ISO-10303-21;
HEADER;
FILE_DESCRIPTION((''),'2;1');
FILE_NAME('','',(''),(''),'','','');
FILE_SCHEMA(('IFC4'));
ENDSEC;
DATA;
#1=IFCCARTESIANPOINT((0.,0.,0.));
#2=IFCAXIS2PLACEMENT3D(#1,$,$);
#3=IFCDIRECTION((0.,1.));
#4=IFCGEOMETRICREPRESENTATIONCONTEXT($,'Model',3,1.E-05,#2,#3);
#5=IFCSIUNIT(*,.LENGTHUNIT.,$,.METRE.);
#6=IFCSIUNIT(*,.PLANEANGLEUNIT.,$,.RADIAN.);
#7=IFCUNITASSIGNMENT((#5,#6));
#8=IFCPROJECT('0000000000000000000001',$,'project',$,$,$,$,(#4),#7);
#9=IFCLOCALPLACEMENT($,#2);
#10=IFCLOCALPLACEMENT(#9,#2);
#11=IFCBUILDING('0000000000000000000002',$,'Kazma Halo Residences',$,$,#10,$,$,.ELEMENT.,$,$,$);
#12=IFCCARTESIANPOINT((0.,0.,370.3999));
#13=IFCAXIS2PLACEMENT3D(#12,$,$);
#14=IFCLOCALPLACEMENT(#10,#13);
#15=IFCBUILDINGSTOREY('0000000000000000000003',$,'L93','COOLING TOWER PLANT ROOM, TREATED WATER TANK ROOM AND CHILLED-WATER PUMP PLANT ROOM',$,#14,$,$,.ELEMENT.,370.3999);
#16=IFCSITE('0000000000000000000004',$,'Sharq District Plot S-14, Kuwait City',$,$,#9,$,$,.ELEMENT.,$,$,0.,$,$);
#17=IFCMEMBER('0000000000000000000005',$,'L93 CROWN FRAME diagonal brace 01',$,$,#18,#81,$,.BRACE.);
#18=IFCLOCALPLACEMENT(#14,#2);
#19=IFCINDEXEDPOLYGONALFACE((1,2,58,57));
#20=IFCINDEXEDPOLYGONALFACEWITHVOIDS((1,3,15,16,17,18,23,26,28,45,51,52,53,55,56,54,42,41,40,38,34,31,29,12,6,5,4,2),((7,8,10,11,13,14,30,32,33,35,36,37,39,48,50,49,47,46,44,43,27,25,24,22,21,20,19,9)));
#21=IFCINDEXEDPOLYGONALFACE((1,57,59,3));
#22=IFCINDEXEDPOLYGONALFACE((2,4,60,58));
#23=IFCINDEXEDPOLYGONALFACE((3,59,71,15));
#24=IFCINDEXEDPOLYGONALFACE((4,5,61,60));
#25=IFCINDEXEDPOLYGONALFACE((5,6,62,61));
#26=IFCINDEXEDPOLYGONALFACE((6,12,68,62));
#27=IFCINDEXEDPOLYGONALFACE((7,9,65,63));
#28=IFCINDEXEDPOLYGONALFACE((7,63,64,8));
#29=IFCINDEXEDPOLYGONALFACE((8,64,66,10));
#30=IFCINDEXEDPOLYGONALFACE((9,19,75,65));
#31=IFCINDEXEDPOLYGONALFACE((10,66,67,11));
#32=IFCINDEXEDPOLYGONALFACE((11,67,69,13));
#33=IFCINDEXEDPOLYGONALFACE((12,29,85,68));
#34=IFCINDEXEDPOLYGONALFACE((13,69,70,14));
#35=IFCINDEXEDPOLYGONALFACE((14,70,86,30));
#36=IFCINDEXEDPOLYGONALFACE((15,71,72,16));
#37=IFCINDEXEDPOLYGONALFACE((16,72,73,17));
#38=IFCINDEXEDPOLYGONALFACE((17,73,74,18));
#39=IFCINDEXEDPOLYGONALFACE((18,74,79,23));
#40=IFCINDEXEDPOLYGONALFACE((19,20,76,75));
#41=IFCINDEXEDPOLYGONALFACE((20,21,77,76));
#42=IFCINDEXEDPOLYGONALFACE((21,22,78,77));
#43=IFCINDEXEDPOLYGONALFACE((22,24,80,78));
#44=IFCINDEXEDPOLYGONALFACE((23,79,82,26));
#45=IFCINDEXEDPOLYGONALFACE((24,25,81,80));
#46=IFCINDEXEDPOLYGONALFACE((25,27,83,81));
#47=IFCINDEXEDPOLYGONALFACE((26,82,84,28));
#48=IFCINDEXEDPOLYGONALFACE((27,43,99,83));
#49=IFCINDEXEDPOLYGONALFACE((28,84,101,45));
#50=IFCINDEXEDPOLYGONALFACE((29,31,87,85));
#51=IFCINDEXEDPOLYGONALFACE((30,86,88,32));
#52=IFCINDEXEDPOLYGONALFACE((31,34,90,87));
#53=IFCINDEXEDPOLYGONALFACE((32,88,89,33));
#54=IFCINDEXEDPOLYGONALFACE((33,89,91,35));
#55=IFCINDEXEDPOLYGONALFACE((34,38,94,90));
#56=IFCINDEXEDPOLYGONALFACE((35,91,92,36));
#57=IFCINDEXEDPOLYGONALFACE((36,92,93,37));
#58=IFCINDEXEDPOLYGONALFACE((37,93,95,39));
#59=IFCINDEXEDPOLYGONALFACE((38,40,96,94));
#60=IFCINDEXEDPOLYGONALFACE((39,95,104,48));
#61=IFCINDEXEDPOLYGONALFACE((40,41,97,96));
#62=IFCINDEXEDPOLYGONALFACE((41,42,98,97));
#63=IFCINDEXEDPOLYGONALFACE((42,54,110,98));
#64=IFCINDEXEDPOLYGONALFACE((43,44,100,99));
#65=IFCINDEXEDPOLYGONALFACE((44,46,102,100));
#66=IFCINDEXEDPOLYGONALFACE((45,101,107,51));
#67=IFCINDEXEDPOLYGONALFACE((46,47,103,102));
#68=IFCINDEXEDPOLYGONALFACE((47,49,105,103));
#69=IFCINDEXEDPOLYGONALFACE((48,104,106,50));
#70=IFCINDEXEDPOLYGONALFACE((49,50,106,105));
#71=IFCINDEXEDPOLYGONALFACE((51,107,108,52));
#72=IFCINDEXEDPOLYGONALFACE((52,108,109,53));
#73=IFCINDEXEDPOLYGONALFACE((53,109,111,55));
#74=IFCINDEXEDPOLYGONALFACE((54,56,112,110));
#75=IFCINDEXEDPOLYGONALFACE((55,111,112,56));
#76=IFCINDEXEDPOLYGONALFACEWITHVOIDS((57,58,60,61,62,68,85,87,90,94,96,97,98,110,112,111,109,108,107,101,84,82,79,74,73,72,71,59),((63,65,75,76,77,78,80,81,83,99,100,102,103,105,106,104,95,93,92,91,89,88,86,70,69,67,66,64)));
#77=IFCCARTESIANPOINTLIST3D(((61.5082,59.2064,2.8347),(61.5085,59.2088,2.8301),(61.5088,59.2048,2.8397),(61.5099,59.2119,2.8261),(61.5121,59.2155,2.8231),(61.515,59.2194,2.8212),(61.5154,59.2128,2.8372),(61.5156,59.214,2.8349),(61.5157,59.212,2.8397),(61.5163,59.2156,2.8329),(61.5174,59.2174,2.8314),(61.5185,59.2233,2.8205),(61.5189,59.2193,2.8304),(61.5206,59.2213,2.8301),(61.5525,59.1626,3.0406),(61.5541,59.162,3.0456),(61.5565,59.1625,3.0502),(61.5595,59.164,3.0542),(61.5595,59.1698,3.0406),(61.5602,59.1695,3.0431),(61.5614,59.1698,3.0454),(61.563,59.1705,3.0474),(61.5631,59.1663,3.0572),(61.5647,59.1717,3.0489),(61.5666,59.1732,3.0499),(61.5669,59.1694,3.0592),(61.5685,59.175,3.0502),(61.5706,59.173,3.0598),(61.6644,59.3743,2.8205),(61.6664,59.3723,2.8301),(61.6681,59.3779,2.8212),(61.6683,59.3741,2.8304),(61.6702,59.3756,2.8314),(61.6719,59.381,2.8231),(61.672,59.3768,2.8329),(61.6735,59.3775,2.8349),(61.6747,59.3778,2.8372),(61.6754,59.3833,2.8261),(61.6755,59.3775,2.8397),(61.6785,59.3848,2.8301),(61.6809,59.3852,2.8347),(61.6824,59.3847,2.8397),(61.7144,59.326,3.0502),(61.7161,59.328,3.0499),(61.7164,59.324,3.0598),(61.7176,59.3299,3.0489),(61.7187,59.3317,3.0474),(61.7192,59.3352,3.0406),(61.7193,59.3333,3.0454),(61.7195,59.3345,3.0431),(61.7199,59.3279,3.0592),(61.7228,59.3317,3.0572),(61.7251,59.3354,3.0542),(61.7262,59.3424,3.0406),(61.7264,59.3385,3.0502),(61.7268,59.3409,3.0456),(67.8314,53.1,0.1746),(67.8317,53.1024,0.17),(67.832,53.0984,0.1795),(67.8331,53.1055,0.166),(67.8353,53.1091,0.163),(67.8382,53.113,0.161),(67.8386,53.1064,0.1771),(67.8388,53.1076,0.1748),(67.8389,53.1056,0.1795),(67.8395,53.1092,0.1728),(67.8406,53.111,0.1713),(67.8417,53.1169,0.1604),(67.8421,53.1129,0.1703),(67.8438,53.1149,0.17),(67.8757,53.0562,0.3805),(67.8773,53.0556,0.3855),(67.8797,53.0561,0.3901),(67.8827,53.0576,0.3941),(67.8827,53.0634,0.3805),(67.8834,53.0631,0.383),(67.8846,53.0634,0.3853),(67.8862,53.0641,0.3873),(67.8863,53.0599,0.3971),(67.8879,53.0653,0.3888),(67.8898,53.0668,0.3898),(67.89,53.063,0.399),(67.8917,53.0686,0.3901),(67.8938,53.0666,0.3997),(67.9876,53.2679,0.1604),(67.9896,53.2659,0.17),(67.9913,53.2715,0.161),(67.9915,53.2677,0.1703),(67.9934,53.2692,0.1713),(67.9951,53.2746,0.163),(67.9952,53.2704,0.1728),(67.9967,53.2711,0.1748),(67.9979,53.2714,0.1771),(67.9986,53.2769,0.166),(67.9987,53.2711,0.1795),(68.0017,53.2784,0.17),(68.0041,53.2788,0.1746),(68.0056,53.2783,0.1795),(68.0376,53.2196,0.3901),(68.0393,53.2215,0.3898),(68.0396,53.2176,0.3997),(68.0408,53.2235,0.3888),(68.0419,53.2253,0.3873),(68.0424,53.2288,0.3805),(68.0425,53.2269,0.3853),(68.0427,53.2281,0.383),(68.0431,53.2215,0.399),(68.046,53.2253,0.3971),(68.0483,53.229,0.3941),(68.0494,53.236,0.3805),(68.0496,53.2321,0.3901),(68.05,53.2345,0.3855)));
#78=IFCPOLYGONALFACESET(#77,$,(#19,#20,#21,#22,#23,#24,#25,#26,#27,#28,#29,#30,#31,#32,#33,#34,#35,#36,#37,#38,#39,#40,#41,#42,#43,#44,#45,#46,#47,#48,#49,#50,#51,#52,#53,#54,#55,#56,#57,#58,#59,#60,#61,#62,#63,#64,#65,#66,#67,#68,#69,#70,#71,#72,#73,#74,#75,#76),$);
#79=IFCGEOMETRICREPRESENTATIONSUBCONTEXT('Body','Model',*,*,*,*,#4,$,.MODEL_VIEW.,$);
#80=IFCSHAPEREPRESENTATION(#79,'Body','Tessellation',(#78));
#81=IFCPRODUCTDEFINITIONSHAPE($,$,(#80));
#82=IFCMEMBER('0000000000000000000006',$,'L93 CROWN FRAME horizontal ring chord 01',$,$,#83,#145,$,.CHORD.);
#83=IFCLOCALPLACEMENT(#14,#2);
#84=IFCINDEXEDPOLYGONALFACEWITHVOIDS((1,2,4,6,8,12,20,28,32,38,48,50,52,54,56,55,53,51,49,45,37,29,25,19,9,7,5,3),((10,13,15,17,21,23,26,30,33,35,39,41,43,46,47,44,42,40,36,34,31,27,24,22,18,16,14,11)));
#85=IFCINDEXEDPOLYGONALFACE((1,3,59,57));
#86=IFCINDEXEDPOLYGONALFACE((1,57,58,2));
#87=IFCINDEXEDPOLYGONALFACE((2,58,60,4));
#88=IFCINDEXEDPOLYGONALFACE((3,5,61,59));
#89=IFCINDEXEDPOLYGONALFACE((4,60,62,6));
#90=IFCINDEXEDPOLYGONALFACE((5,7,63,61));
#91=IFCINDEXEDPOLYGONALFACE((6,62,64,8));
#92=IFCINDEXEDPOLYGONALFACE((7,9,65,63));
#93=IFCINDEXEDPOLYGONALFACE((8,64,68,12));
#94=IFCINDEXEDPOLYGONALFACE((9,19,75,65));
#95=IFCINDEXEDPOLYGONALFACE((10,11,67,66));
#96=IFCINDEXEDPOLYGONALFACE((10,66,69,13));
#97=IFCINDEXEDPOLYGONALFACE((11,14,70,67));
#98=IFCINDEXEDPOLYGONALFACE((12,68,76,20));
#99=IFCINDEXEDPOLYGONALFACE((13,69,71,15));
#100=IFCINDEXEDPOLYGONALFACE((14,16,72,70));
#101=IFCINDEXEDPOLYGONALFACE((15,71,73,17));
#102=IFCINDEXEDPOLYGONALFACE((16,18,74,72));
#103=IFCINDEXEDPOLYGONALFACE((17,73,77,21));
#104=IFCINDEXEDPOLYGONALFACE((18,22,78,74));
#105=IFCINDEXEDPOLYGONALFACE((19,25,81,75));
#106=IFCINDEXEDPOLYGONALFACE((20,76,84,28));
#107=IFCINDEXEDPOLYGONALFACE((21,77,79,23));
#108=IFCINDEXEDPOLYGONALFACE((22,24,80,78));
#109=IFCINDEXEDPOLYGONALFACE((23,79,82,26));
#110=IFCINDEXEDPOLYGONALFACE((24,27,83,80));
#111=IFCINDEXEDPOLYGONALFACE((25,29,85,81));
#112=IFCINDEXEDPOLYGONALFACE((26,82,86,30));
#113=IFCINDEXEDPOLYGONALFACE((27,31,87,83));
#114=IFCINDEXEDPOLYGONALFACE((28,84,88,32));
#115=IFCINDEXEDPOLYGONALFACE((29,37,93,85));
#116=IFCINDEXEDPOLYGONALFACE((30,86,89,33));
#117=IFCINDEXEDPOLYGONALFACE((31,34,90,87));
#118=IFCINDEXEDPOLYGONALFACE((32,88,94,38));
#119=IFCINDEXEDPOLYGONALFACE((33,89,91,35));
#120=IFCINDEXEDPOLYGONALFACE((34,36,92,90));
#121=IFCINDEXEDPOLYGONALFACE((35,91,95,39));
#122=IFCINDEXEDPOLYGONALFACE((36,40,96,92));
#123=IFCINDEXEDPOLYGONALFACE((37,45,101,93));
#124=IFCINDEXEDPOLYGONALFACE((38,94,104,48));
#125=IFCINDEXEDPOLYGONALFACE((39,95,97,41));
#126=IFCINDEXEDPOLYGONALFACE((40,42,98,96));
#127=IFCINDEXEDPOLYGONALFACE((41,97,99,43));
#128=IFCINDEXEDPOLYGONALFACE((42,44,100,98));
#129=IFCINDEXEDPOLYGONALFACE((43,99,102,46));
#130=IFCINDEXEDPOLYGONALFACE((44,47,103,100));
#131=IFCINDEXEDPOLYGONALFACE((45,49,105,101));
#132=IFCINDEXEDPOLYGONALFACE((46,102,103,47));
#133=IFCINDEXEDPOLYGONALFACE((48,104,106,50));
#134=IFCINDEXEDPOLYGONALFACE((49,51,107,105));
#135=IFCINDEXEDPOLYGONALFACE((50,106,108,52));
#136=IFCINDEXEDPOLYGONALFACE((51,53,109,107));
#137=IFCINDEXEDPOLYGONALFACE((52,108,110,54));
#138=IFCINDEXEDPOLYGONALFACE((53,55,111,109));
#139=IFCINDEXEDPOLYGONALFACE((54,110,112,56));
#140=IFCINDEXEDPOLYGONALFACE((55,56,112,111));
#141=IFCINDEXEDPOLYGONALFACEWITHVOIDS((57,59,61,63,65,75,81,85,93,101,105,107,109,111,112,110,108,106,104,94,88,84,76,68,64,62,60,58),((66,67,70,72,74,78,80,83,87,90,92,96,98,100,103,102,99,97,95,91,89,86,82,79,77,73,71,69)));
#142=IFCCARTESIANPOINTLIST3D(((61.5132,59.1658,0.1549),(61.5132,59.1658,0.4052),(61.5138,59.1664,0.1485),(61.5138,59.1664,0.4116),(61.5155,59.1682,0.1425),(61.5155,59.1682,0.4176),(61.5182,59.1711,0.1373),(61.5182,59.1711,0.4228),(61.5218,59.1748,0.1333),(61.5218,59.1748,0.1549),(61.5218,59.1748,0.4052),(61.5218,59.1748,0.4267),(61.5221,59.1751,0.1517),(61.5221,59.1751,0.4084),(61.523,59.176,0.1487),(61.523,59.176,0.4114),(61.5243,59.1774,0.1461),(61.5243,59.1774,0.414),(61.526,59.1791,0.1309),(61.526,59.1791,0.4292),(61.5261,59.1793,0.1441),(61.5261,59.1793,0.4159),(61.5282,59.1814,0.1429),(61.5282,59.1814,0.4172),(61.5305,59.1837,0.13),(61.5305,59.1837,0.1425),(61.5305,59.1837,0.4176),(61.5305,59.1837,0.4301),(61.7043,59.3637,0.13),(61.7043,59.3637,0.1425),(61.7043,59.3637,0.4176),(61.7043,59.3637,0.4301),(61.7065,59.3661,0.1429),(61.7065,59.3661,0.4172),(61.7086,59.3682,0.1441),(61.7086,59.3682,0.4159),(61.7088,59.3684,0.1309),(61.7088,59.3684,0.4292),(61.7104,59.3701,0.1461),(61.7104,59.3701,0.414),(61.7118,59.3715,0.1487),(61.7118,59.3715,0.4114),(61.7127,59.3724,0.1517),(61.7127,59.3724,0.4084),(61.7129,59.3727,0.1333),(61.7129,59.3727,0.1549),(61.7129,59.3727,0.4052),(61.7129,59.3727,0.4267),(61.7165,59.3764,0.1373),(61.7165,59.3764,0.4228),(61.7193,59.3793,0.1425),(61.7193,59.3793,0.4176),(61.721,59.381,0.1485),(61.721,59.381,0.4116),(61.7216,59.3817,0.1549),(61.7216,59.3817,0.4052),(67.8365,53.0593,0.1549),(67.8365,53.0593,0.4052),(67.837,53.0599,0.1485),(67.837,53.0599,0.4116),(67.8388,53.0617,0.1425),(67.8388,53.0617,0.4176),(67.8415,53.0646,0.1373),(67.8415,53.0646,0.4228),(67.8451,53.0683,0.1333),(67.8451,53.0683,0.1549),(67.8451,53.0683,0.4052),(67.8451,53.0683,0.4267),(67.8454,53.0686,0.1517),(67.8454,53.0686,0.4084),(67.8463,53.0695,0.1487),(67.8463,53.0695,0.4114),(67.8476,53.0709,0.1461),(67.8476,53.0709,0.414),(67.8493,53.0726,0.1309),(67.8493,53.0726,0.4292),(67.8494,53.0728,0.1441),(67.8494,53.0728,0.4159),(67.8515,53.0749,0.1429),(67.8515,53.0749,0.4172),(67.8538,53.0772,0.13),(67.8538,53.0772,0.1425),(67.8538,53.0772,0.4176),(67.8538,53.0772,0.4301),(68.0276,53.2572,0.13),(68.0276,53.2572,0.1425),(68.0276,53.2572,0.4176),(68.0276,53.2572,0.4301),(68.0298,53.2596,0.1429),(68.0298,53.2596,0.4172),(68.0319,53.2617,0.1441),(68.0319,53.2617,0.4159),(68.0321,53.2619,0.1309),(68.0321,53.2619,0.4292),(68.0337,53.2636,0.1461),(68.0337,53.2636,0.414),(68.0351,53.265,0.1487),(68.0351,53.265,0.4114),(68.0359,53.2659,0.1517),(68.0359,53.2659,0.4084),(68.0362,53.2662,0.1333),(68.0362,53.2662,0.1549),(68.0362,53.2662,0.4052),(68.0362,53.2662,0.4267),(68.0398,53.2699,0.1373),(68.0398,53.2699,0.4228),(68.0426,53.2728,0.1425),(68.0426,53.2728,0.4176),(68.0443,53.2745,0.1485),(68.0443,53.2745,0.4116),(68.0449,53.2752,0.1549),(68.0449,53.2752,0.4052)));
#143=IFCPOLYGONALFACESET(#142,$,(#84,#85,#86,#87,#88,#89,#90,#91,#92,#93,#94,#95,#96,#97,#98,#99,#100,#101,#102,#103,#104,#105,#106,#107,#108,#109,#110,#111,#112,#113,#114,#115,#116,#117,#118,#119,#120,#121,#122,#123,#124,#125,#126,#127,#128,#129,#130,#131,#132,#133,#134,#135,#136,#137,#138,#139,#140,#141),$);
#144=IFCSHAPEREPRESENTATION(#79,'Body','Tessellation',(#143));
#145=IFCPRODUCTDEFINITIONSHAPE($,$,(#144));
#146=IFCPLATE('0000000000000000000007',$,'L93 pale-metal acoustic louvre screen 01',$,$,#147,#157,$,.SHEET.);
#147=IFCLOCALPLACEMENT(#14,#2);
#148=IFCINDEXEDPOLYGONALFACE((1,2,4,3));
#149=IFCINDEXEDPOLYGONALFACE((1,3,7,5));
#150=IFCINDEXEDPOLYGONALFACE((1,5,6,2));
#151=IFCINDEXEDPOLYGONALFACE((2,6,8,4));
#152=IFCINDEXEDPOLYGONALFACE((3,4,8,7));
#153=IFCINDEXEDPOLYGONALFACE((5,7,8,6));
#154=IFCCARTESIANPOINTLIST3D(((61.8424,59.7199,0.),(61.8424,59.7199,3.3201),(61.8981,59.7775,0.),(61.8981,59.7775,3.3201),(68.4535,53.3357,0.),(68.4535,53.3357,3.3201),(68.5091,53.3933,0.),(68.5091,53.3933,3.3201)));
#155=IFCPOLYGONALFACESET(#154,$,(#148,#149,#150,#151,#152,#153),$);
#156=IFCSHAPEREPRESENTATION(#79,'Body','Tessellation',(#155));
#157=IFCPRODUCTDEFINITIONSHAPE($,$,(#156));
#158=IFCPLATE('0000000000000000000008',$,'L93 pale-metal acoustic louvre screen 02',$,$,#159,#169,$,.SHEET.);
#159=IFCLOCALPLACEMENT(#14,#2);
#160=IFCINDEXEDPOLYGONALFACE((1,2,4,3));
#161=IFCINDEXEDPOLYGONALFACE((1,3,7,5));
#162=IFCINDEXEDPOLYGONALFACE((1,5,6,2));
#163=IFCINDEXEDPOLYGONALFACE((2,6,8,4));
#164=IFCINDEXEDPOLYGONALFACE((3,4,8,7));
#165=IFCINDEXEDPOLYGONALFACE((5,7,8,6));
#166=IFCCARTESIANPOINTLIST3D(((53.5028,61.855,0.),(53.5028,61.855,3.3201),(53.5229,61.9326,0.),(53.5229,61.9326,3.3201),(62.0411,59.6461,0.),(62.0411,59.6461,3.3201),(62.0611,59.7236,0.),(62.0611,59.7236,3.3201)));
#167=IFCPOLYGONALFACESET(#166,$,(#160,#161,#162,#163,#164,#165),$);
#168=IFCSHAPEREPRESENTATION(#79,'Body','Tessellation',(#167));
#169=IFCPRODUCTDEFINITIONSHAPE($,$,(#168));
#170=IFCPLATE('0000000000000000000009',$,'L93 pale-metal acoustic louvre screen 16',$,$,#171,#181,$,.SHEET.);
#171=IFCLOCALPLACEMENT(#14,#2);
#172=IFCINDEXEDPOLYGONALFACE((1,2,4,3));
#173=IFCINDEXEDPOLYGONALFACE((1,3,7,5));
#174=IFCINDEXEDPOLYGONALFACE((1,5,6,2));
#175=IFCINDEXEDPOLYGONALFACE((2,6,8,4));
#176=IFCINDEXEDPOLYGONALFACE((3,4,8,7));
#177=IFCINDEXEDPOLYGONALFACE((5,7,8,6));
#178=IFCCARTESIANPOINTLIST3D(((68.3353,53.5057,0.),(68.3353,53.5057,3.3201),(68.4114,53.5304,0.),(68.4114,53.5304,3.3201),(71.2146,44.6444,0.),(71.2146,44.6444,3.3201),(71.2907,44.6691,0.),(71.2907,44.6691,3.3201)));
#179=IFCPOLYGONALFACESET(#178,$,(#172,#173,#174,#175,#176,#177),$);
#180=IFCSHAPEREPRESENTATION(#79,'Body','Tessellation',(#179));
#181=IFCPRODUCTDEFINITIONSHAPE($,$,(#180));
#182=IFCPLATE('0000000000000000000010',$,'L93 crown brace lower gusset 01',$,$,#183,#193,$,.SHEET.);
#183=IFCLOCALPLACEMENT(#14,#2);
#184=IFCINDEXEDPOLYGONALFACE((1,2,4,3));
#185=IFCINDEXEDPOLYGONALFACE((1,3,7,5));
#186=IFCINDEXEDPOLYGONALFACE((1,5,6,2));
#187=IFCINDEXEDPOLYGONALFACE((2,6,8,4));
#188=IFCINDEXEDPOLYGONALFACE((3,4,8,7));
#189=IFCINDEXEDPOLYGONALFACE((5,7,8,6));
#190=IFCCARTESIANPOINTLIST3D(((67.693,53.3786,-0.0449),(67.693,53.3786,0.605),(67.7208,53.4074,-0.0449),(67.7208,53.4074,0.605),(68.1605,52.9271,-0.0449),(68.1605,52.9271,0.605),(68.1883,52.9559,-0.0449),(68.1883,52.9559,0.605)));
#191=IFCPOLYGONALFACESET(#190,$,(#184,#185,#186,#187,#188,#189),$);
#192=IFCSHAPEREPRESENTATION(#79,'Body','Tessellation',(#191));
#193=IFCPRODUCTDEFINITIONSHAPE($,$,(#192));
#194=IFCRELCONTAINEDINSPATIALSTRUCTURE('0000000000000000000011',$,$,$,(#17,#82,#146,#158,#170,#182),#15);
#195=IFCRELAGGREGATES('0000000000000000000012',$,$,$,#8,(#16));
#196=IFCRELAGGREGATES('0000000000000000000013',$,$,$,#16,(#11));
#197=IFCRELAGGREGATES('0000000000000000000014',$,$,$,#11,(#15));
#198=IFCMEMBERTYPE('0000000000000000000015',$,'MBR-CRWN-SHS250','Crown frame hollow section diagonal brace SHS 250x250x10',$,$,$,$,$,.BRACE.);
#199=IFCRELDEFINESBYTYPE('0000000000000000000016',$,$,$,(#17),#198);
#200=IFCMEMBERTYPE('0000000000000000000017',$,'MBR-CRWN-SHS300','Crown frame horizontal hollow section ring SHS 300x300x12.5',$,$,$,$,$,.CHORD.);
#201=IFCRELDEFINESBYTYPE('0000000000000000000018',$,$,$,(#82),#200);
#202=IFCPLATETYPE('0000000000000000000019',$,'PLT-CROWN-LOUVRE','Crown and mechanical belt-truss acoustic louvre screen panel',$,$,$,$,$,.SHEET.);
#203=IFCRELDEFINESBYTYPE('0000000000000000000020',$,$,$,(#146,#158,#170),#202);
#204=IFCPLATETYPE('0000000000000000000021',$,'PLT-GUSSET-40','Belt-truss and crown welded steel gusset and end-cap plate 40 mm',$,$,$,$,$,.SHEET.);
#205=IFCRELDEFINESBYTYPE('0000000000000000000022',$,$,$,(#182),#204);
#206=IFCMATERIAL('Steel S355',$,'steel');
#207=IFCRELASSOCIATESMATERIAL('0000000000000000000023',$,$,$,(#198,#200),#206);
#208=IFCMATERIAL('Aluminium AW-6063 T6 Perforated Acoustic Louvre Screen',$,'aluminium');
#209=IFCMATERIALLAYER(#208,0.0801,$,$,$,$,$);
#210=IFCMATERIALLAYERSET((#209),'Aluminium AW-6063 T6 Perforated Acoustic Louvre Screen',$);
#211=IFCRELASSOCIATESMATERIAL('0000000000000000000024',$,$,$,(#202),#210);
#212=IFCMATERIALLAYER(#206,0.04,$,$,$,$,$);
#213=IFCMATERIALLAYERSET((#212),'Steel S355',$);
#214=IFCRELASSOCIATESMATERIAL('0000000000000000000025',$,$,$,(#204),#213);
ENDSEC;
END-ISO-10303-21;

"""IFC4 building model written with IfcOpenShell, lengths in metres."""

from ifc_helpers import new_model, si_unit, direction, frame, origin, origin_2d, place, context, subcontext, project, spatial, rectangle, hollow_rectangle, extrude, material, layer, layer_set, material_profile, profile_set, type_object, element, save


model = new_model("IFC4")

# Units and contexts
model_context = context("Model", 3, precision=1e-05, world=origin(), true_north=direction((0.0, 1.0)))
body_context = subcontext(model_context, "Body", "Model", "MODEL_VIEW")
ifc_project = project(units=[si_unit("LENGTHUNIT", "METRE"), si_unit("PLANEANGLEUNIT", "RADIAN")], contexts=[model_context])

# Site, building, storey
site_placement = place(None, origin())
site = spatial("IfcSite", under=ifc_project, at=site_placement, Name="Sharq District Plot S-14, Kuwait City", CompositionType="ELEMENT", RefElevation=0.0)
building_placement = place(site_placement, origin())
building = spatial("IfcBuilding", under=site, at=building_placement, Name="Kazma Halo Residences", CompositionType="ELEMENT")
storey_placement = place(building_placement, frame((0.0, 0.0, 370.3999)))
storey = spatial("IfcBuildingStorey", under=building, at=storey_placement, Name="L93", Description="COOLING TOWER PLANT ROOM, TREATED WATER TANK ROOM AND CHILLED-WATER PUMP PLANT ROOM", CompositionType="ELEMENT", Elevation=370.3999)

# Shared definitions
ifc_material_1 = material(Name="Steel S355", Category="steel")

# Members
ifc_material_profile_1 = material_profile(ifc_material_1, hollow_rectangle(XDim=0.25, YDim=0.25, WallThickness=0.01, InnerFilletRadius=0.01, OuterFilletRadius=0.02, at=origin_2d()), Name="SHS250x250x10")
ifc_profile_set_1 = profile_set([ifc_material_profile_1], Name="Steel S355")
member_type_1 = type_object("IfcMemberType", Name="MBR-CRWN-SHS250", Description="Crown frame hollow section diagonal brace SHS 250x250x10", PredefinedType="BRACE", material=ifc_profile_set_1)
member_1_placement = place(storey_placement, frame((67.9407, 53.1672, 0.28), z_axis=(-0.688496, 0.66489, 0.289647), x_axis=(-0.694668, -0.719331, 0.0)))
element("IfcMember", 1, at=member_1_placement, inside=storey, type_object=member_type_1, Name="L93 CROWN FRAME diagonal brace 01", PredefinedType="BRACE", context=body_context, shape_type="SweptSolid", body=[
    extrude(hollow_rectangle(XDim=0.25, YDim=0.25, WallThickness=0.01, InnerFilletRadius=0.01, OuterFilletRadius=0.02, at=origin_2d()), origin(), (0.0, 0.0, 1.0), 9.1841),
])
ifc_material_profile_2 = material_profile(ifc_material_1, hollow_rectangle(XDim=0.3, YDim=0.3, WallThickness=0.0125, InnerFilletRadius=0.0125, OuterFilletRadius=0.0249, at=origin_2d()), Name="SHS300x300x12.5")
ifc_profile_set_2 = profile_set([ifc_material_profile_2], Name="Steel S355")
member_type_2 = type_object("IfcMemberType", Name="MBR-CRWN-SHS300", Description="Crown frame horizontal hollow section ring SHS 300x300x12.5", PredefinedType="CHORD", material=ifc_profile_set_2)
member_2_placement = place(storey_placement, frame((67.9407, 53.1672, 0.28), z_axis=(-0.719331, 0.694668, 0.0), x_axis=(-0.694668, -0.719331, 0.0)))
element("IfcMember", 2, at=member_2_placement, inside=storey, type_object=member_type_2, Name="L93 CROWN FRAME horizontal ring chord 01", PredefinedType="CHORD", context=body_context, shape_type="SweptSolid", body=[
    extrude(hollow_rectangle(XDim=0.3, YDim=0.3, WallThickness=0.0125, InnerFilletRadius=0.0125, OuterFilletRadius=0.0249, at=origin_2d()), origin(), (0.0, 0.0, 1.0), 8.7905),
])

# Plates
ifc_material_2 = material(Name="Aluminium AW-6063 T6 Perforated Acoustic Louvre Screen", Category="aluminium")
ifc_layer_1 = layer(ifc_material_2, 0.0801)
ifc_layer_set_1 = layer_set([ifc_layer_1], Name="Aluminium AW-6063 T6 Perforated Acoustic Louvre Screen")
plate_type_1 = type_object("IfcPlateType", Name="PLT-CROWN-LOUVRE", Description="Crown and mechanical belt-truss acoustic louvre screen panel", PredefinedType="SHEET", material=ifc_layer_set_1)
plate_1_placement = place(storey_placement, frame((65.1758, 56.5566, 0.0), z_axis=(0.0, 0.0, 1.0), x_axis=(-0.719342, 0.694656, 0.0)))
element("IfcPlate", 3, at=plate_1_placement, inside=storey, type_object=plate_type_1, Name="L93 pale-metal acoustic louvre screen 01", PredefinedType="SHEET", context=body_context, shape_type="SweptSolid", body=[
    extrude(rectangle(XDim=9.1904, YDim=0.0801, at=origin_2d()), origin(), (0.0, 0.0, 1.0), 3.3201),
])
plate_2_placement = place(storey_placement, frame((57.782, 60.7893, 0.0), z_axis=(0.0, 0.0, 1.0), x_axis=(-0.968124, 0.25047, 0.0)))
element("IfcPlate", 4, at=plate_2_placement, inside=storey, type_object=plate_type_1, Name="L93 pale-metal acoustic louvre screen 02", PredefinedType="SHEET", context=body_context, shape_type="SweptSolid", body=[
    extrude(rectangle(XDim=8.8193, YDim=0.0801, at=origin_2d()), origin(), (0.0, 0.0, 1.0), 3.3201),
])
plate_3_placement = place(storey_placement, frame((69.813, 49.0874, 0.0), z_axis=(0.0, 0.0, 1.0), x_axis=(-0.309023, 0.951055, 0.0)))
element("IfcPlate", 5, at=plate_3_placement, inside=storey, type_object=plate_type_1, Name="L93 pale-metal acoustic louvre screen 16", PredefinedType="SHEET", context=body_context, shape_type="SweptSolid", body=[
    extrude(rectangle(XDim=9.3174, YDim=0.0801, at=origin_2d()), origin(), (0.0, 0.0, 1.0), 3.3201),
])
ifc_layer_2 = layer(ifc_material_1, 0.04)
ifc_layer_set_2 = layer_set([ifc_layer_2], Name="Steel S355")
plate_type_2 = type_object("IfcPlateType", Name="PLT-GUSSET-40", Description="Belt-truss and crown welded steel gusset and end-cap plate 40 mm", PredefinedType="SHEET", material=ifc_layer_set_2)
for number, where, z_axis, x_axis, name in (
    (6, (67.9407, 53.1672, -0.0449), (0.0, 0.0, 1.0), (-0.719342, 0.694656, 0.0), "L93 crown brace lower gusset 01"),
):
    element("IfcPlate", number, at=place(storey_placement, frame(where, z_axis=z_axis, x_axis=x_axis)), inside=storey, type_object=plate_type_2, Name=name, PredefinedType="SHEET", context=body_context, shape_type="SweptSolid", body=[
        extrude(rectangle(XDim=0.6499, YDim=0.04, at=origin_2d()), origin(), (0.0, 0.0, 1.0), 0.6499),
    ])

save(model, "model.ifc")
